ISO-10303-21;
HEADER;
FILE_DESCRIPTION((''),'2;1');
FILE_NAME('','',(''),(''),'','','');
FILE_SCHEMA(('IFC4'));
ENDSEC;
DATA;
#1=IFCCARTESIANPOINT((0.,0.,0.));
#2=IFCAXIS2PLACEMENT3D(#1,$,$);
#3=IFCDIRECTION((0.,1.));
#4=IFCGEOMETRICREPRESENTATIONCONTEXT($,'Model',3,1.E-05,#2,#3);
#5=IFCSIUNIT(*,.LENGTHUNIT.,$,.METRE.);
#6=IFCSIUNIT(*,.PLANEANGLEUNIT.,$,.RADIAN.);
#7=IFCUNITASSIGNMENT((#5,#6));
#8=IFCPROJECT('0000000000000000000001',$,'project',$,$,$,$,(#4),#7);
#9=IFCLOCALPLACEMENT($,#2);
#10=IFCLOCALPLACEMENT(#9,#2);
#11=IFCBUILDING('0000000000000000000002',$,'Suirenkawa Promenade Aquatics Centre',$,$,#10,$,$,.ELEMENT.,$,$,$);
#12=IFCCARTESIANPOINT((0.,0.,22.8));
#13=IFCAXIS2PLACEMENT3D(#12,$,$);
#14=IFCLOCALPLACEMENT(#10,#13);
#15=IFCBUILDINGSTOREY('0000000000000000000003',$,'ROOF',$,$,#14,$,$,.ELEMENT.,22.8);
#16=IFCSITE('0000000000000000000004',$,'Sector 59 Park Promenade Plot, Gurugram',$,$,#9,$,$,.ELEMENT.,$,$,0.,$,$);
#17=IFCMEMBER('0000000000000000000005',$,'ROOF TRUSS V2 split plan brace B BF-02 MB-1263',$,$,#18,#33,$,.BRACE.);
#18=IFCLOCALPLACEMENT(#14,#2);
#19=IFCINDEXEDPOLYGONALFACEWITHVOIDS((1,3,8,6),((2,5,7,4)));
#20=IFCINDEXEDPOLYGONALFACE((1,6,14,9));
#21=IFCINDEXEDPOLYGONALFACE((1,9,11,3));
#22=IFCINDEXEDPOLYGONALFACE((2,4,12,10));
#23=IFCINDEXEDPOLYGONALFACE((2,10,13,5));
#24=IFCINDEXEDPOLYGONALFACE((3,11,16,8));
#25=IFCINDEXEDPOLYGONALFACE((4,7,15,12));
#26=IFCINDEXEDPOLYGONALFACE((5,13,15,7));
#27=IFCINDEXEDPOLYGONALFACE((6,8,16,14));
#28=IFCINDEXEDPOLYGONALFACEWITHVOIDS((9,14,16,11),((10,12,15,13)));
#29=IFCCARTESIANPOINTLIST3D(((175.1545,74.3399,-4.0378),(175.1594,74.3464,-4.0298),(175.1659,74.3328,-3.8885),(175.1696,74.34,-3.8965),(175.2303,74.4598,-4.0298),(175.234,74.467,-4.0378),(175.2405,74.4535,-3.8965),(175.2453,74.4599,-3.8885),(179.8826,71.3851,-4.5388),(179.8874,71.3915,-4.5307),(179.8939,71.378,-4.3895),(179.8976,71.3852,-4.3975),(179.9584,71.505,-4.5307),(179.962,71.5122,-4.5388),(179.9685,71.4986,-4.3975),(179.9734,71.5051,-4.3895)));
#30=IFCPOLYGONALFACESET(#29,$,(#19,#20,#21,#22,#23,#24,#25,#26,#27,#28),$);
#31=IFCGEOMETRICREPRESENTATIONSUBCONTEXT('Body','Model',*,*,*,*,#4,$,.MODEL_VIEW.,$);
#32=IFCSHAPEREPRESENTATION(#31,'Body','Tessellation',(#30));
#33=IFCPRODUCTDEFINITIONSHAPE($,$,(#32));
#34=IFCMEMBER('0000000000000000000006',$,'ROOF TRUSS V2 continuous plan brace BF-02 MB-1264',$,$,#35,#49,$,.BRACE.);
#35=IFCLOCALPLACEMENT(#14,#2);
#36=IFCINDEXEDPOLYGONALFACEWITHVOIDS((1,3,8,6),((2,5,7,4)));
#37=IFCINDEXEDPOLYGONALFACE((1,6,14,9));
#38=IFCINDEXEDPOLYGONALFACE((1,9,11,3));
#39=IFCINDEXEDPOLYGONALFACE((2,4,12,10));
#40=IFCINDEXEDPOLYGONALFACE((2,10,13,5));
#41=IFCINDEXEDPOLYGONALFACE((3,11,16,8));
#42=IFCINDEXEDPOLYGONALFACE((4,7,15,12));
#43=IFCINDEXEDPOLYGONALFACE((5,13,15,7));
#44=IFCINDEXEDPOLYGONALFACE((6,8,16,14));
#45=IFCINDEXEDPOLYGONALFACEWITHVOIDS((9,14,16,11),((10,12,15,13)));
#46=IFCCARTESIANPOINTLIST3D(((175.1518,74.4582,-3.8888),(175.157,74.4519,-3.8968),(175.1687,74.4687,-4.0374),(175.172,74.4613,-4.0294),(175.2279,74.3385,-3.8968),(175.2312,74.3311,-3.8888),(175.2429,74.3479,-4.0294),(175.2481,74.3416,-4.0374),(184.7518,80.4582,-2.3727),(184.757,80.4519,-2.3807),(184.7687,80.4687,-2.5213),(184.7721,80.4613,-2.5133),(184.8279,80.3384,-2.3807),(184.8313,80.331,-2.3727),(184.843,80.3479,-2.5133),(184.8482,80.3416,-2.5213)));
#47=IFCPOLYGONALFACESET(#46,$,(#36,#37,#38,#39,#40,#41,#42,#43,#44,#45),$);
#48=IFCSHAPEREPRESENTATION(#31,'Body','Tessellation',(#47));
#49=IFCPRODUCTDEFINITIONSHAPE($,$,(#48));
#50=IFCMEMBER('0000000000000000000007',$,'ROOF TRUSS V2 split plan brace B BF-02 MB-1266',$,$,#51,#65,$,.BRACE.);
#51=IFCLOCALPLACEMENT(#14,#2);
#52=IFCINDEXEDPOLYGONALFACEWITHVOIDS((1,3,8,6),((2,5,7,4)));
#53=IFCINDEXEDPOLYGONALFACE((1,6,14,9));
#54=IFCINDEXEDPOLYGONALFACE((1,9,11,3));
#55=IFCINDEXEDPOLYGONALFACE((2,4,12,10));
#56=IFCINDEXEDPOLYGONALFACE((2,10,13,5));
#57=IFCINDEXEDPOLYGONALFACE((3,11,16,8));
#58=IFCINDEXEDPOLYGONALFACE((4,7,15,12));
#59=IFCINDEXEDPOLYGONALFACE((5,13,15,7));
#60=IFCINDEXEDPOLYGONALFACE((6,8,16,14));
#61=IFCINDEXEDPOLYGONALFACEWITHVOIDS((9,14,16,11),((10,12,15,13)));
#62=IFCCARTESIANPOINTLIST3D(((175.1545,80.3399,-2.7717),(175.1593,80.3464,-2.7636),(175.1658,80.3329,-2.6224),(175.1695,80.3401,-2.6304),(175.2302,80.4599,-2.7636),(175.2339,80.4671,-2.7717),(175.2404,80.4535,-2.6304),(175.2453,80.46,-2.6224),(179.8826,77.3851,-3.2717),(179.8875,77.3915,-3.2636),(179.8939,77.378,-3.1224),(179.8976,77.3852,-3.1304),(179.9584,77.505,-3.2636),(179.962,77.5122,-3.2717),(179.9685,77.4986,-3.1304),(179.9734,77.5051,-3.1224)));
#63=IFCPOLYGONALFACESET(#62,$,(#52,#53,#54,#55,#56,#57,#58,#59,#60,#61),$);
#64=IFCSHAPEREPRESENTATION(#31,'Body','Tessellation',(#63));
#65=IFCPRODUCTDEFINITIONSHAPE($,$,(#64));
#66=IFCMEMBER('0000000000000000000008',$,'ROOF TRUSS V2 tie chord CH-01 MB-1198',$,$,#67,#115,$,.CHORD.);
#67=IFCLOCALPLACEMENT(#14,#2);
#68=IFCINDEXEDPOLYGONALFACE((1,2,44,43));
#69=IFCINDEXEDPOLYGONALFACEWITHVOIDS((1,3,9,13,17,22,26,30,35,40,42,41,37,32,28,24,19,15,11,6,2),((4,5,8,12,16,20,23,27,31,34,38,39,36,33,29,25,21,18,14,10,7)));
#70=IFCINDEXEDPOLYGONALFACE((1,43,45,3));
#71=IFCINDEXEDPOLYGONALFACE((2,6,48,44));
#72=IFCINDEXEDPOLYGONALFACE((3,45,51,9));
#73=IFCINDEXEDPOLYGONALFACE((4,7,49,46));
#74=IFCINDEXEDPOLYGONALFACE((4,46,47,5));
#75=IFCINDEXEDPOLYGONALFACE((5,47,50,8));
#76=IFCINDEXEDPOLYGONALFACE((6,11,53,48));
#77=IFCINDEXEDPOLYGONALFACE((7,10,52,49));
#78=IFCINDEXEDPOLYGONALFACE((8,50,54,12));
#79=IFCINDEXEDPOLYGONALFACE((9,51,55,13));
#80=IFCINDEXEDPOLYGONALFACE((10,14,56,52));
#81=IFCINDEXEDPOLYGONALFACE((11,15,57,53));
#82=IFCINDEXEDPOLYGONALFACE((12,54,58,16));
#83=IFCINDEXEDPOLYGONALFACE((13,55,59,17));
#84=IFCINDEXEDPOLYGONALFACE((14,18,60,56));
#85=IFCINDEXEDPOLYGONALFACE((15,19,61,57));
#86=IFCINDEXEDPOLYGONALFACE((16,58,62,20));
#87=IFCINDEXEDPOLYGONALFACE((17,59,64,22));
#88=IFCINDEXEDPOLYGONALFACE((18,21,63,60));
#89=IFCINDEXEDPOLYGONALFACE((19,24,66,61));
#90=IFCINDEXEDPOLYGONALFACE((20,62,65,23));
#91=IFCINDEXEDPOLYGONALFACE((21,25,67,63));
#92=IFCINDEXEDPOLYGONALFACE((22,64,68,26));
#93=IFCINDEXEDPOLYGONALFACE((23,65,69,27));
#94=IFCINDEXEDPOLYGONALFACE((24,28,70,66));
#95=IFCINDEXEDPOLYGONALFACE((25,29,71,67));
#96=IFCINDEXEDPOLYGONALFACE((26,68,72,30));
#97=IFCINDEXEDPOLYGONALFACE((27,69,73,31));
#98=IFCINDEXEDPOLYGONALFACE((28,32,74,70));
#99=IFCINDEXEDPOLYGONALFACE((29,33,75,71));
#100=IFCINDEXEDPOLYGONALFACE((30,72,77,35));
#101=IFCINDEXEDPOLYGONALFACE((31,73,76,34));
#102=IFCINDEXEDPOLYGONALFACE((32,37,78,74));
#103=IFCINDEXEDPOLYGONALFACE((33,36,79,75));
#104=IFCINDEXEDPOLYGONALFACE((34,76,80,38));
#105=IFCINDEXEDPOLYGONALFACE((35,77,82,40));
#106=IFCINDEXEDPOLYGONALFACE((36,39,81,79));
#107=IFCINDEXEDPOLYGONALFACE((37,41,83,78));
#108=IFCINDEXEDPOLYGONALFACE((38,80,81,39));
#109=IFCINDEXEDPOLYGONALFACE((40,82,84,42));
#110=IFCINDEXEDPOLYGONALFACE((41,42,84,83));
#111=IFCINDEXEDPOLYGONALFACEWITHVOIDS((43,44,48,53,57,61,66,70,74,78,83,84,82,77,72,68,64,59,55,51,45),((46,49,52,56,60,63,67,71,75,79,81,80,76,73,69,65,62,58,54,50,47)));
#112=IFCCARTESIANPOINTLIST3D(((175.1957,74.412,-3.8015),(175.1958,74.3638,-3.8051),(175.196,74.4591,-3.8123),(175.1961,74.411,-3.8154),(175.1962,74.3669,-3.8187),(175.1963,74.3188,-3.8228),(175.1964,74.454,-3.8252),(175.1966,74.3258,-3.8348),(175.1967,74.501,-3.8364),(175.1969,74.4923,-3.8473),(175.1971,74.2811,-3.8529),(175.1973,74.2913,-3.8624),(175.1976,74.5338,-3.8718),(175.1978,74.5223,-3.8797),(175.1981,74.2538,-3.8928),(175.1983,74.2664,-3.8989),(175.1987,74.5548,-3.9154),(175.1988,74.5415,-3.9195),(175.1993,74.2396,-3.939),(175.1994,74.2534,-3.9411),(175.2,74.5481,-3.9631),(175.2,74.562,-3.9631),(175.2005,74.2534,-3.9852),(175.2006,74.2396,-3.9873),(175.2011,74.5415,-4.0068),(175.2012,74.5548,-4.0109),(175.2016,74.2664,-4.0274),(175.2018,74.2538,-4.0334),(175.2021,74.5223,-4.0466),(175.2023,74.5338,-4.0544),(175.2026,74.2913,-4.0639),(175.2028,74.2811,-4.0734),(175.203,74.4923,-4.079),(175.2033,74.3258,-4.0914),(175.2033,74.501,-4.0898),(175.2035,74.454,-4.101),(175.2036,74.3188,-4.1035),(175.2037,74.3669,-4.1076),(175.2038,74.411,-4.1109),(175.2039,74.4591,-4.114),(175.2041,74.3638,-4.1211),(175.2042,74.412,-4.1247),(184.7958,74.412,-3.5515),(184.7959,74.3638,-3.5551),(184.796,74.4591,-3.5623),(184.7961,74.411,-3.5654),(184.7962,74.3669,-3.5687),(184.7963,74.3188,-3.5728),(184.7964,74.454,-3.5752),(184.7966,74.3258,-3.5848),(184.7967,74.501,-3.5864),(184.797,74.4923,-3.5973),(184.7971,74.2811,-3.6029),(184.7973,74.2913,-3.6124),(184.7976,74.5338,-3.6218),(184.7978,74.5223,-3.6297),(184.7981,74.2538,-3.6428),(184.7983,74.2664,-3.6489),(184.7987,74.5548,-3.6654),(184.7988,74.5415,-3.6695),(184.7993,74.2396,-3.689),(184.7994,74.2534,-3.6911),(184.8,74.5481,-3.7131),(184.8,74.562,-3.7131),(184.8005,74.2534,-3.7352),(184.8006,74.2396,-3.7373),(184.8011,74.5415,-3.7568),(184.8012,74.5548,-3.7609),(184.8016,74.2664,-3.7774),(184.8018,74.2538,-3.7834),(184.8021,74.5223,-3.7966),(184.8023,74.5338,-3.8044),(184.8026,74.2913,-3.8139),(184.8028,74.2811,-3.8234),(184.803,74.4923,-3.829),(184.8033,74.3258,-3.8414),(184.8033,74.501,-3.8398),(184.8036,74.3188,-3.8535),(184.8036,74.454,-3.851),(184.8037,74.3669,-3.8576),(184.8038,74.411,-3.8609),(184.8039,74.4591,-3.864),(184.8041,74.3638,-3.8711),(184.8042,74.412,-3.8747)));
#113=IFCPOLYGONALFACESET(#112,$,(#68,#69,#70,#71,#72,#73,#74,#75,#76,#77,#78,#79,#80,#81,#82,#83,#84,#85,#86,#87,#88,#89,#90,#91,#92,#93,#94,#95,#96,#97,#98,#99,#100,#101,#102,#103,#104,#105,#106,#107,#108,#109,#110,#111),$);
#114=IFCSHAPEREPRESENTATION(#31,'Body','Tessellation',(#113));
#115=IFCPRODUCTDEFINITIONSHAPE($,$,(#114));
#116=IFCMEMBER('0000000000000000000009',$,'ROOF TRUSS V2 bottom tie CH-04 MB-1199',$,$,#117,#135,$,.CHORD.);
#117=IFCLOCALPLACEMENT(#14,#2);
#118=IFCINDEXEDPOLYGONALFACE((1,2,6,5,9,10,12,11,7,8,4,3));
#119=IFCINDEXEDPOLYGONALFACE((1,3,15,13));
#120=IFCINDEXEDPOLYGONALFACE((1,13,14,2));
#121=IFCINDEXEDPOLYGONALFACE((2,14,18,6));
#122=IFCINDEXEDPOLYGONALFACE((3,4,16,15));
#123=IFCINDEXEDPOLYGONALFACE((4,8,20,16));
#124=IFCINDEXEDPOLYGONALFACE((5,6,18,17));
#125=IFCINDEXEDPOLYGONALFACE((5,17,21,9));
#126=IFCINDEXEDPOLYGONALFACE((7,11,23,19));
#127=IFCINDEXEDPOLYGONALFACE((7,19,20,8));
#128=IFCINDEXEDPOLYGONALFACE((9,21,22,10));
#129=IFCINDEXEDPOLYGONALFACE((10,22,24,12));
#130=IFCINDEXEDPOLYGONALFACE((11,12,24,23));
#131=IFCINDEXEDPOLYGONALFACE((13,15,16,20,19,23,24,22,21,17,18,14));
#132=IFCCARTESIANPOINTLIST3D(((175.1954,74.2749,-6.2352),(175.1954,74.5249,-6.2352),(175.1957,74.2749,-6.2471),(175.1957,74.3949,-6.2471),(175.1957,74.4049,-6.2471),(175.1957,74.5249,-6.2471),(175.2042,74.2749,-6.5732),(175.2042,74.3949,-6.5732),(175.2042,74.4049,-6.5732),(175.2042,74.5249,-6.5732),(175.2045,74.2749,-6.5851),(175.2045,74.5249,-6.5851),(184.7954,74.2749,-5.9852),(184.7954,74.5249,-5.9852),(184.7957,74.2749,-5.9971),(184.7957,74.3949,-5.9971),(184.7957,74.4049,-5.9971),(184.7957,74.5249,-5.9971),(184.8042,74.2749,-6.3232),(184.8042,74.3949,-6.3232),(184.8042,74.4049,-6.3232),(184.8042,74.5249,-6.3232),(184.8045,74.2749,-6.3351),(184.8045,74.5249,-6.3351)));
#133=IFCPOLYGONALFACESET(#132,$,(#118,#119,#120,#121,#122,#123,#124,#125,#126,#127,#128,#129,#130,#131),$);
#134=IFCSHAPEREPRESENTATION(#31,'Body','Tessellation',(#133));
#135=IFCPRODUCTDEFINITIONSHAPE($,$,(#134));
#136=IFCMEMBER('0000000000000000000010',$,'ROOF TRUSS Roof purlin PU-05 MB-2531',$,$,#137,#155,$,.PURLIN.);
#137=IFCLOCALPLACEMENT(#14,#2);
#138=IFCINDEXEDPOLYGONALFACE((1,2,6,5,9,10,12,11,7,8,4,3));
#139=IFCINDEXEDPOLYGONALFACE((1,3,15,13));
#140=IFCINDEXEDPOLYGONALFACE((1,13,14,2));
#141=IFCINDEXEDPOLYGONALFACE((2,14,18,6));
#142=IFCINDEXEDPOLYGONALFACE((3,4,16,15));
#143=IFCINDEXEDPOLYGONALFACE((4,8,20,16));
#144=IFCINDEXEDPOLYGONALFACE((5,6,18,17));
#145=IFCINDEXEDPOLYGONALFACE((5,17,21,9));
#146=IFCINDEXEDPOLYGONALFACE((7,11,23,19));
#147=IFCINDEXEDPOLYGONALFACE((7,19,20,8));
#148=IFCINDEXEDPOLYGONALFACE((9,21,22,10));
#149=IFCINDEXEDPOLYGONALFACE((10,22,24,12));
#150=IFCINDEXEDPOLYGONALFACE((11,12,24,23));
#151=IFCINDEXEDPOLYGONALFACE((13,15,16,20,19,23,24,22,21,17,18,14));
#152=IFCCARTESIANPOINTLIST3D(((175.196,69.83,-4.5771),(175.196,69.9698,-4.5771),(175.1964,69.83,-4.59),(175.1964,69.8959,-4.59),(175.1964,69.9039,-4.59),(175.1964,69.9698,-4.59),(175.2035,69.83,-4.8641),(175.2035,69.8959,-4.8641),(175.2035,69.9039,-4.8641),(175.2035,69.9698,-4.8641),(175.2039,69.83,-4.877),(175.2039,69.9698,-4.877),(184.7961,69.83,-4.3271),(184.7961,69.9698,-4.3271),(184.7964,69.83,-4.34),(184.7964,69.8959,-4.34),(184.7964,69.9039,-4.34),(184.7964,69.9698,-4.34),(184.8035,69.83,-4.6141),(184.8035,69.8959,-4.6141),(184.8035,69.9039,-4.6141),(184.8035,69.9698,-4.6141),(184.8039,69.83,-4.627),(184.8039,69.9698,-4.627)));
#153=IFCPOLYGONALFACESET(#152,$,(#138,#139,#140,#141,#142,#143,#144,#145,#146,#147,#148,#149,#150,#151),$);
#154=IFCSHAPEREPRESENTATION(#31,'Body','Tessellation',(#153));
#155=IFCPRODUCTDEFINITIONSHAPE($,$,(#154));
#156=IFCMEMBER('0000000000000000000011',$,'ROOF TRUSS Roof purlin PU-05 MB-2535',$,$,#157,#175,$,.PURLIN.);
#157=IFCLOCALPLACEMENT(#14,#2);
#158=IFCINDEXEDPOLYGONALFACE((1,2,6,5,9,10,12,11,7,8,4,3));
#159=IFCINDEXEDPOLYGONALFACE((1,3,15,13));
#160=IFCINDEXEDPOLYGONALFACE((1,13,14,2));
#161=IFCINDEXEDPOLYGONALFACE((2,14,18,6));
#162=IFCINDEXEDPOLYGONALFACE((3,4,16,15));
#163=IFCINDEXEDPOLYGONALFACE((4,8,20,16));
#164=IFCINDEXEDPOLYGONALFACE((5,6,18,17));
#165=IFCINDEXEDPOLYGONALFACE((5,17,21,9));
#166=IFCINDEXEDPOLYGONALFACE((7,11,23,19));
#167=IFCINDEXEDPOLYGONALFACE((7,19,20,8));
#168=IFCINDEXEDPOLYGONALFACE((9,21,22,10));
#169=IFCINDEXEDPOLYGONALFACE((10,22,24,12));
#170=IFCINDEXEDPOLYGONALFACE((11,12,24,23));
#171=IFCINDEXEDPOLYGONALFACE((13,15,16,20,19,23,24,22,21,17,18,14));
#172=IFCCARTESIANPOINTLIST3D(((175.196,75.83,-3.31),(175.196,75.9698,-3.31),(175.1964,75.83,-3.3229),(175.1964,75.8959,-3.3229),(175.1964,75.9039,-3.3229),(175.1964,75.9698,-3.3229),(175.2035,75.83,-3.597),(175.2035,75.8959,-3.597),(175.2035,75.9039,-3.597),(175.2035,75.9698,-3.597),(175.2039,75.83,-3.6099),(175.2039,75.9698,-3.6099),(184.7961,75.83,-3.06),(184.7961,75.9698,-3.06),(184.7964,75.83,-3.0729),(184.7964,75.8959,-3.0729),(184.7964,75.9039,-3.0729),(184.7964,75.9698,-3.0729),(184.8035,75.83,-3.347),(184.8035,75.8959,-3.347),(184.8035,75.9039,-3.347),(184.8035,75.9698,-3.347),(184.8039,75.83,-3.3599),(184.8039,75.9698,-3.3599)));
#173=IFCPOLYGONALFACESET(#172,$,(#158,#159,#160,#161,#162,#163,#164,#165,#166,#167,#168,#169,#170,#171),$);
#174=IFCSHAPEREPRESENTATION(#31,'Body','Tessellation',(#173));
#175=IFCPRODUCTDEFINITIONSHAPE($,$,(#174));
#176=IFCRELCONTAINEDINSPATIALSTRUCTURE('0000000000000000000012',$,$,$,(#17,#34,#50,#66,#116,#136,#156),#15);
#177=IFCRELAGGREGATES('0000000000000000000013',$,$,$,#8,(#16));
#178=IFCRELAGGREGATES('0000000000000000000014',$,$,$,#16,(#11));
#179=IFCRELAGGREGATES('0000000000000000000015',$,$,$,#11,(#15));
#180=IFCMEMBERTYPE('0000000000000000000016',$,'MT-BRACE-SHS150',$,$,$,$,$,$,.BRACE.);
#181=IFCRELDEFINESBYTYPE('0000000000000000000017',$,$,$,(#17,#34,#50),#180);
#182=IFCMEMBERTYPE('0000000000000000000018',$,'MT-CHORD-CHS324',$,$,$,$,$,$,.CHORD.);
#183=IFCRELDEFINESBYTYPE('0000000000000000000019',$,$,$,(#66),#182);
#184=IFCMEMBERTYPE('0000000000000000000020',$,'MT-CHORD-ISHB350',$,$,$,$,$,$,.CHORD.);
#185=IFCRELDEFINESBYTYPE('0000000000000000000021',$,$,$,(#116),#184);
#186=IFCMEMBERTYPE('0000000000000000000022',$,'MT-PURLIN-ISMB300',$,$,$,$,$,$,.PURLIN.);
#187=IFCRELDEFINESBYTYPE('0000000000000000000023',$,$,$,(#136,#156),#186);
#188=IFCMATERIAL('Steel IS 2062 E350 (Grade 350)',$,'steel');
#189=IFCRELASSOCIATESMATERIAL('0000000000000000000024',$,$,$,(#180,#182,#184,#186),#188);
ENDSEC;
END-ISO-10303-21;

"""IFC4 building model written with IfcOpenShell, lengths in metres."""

from ifc_helpers import new_model, si_unit, direction, frame, origin, origin_2d, place, context, subcontext, project, spatial, hollow_rectangle, hollow_circle, i_section, extrude, material, material_profile, profile_set, type_object, element, save


model = new_model("IFC4")

# Units and contexts
model_context = context("Model", 3, precision=1e-05, world=origin(), true_north=direction((0.0, 1.0)))
body_context = subcontext(model_context, "Body", "Model", "MODEL_VIEW")
ifc_project = project(units=[si_unit("LENGTHUNIT", "METRE"), si_unit("PLANEANGLEUNIT", "RADIAN")], contexts=[model_context])

# Site, building, storey
site_placement = place(None, origin())
site = spatial("IfcSite", under=ifc_project, at=site_placement, Name="Sector 59 Park Promenade Plot, Gurugram", CompositionType="ELEMENT", RefElevation=0.0)
building_placement = place(site_placement, origin())
building = spatial("IfcBuilding", under=site, at=building_placement, Name="Suirenkawa Promenade Aquatics Centre", CompositionType="ELEMENT")
storey_placement = place(building_placement, frame((0.0, 0.0, 22.8)))
storey = spatial("IfcBuildingStorey", under=building, at=storey_placement, Name="ROOF", CompositionType="ELEMENT", Elevation=22.8)

# Shared definitions
ifc_material = material(Name="Steel IS 2062 E350 (Grade 350)", Category="steel")

# Members
ifc_material_profile_1 = material_profile(ifc_material, hollow_rectangle(XDim=0.1499, YDim=0.1499, WallThickness=0.0081, at=origin_2d()), Name="SHS 150x150x8", Category="steel")
ifc_profile_set_1 = profile_set([ifc_material_profile_1], Name="Steel IS 2062 E350 (Grade 350)")
member_type_1 = type_object("IfcMemberType", Name="MT-BRACE-SHS150", PredefinedType="BRACE", material=ifc_profile_set_1)
member_1_placement = place(storey_placement, frame((179.928, 71.4451, -4.4641), z_axis=(-0.84461, 0.527849, 0.089494), x_axis=(-0.529975, -0.848013, 0.0)))
element("IfcMember", 1, at=member_1_placement, inside=storey, type_object=member_type_1, Name="ROOF TRUSS V2 split plan brace B BF-02 MB-1263", PredefinedType="BRACE", context=body_context, shape_type="SweptSolid", body=[
    extrude(hollow_rectangle(XDim=0.1499, YDim=0.1499, WallThickness=0.0081, at=origin_2d()), origin(), (0.0, 0.0, 1.0), 5.5979),
])
member_2_placement = place(storey_placement, frame((175.2, 74.3999, -3.9631), z_axis=(0.840497, 0.525305, 0.132737), x_axis=(-0.529995, 0.848001, 0.0)))
element("IfcMember", 2, at=member_2_placement, inside=storey, type_object=member_type_1, Name="ROOF TRUSS V2 continuous plan brace BF-02 MB-1264", PredefinedType="BRACE", context=body_context, shape_type="SweptSolid", body=[
    extrude(hollow_rectangle(XDim=0.1499, YDim=0.1499, WallThickness=0.0081, at=origin_2d()), origin(), (0.0, 0.0, 1.0), 11.4219),
])
member_3_placement = place(storey_placement, frame((179.928, 77.4451, -3.197), z_axis=(-0.844623, 0.527857, 0.089321), x_axis=(-0.529975, -0.848013, 0.0)))
element("IfcMember", 3, at=member_3_placement, inside=storey, type_object=member_type_1, Name="ROOF TRUSS V2 split plan brace B BF-02 MB-1266", PredefinedType="BRACE", context=body_context, shape_type="SweptSolid", body=[
    extrude(hollow_rectangle(XDim=0.1499, YDim=0.1499, WallThickness=0.0081, at=origin_2d()), origin(), (0.0, 0.0, 1.0), 5.5979),
])
ifc_material_profile_2 = material_profile(ifc_material, hollow_circle(Radius=0.1621, WallThickness=0.0139, at=origin_2d()), Name="CHS 324x14", Category="steel")
ifc_profile_set_2 = profile_set([ifc_material_profile_2], Name="Steel IS 2062 E350 (Grade 350)")
member_type_2 = type_object("IfcMemberType", Name="MT-CHORD-CHS324", PredefinedType="CHORD", material=ifc_profile_set_2)
member_4_placement = place(storey_placement, frame((175.2, 74.3999, -3.9631), z_axis=(0.999661, 0.0, 0.026033), x_axis=(0.0, 1.0, 0.0)))
element("IfcMember", 4, at=member_4_placement, inside=storey, type_object=member_type_2, Name="ROOF TRUSS V2 tie chord CH-01 MB-1198", PredefinedType="CHORD", context=body_context, shape_type="SweptSolid", body=[
    extrude(hollow_circle(Radius=0.1621, WallThickness=0.0139, at=origin_2d()), origin(), (0.0, 0.0, 1.0), 9.6033),
])
ifc_material_profile_3 = material_profile(ifc_material, i_section(OverallWidth=0.25, OverallDepth=0.3501, WebThickness=0.01, FlangeThickness=0.012, at=origin_2d()), Name="ISHB 350", Category="steel")
ifc_profile_set_3 = profile_set([ifc_material_profile_3], Name="Steel IS 2062 E350 (Grade 350)")
member_type_3 = type_object("IfcMemberType", Name="MT-CHORD-ISHB350", PredefinedType="CHORD", material=ifc_profile_set_3)
member_5_placement = place(storey_placement, frame((175.2, 74.3999, -6.4102), z_axis=(0.999661, 0.0, 0.026033), x_axis=(0.0, 1.0, 0.0)))
element("IfcMember", 5, at=member_5_placement, inside=storey, type_object=member_type_3, Name="ROOF TRUSS V2 bottom tie CH-04 MB-1199", PredefinedType="CHORD", context=body_context, shape_type="SweptSolid", body=[
    extrude(i_section(OverallWidth=0.25, OverallDepth=0.3501, WebThickness=0.01, FlangeThickness=0.012, at=origin_2d()), origin(), (0.0, 0.0, 1.0), 9.6033),
])
ifc_material_profile_4 = material_profile(ifc_material, i_section(OverallWidth=0.1399, OverallDepth=0.3, WebThickness=0.0081, FlangeThickness=0.0129, at=origin_2d()), Name="ISMB 300", Category="steel")
ifc_profile_set_4 = profile_set([ifc_material_profile_4], Name="Steel IS 2062 E350 (Grade 350)")
member_type_4 = type_object("IfcMemberType", Name="MT-PURLIN-ISMB300", PredefinedType="PURLIN", material=ifc_profile_set_4)
for number, where, z_axis, x_axis, name in (
    (6, (175.2, 69.8999, -4.7271), (0.999661, 0.0, 0.026033), (0.0, 1.0, 0.0), "ROOF TRUSS Roof purlin PU-05 MB-2531"),
    (7, (175.2, 75.8999, -3.46), (0.999661, 0.0, 0.026033), (0.0, 1.0, 0.0), "ROOF TRUSS Roof purlin PU-05 MB-2535"),
):
    element("IfcMember", number, at=place(storey_placement, frame(where, z_axis=z_axis, x_axis=x_axis)), inside=storey, type_object=member_type_4, Name=name, PredefinedType="PURLIN", context=body_context, shape_type="SweptSolid", body=[
        extrude(i_section(OverallWidth=0.1399, OverallDepth=0.3, WebThickness=0.0081, FlangeThickness=0.0129, at=origin_2d()), origin(), (0.0, 0.0, 1.0), 9.6033),
    ])

save(model, "model.ifc")
